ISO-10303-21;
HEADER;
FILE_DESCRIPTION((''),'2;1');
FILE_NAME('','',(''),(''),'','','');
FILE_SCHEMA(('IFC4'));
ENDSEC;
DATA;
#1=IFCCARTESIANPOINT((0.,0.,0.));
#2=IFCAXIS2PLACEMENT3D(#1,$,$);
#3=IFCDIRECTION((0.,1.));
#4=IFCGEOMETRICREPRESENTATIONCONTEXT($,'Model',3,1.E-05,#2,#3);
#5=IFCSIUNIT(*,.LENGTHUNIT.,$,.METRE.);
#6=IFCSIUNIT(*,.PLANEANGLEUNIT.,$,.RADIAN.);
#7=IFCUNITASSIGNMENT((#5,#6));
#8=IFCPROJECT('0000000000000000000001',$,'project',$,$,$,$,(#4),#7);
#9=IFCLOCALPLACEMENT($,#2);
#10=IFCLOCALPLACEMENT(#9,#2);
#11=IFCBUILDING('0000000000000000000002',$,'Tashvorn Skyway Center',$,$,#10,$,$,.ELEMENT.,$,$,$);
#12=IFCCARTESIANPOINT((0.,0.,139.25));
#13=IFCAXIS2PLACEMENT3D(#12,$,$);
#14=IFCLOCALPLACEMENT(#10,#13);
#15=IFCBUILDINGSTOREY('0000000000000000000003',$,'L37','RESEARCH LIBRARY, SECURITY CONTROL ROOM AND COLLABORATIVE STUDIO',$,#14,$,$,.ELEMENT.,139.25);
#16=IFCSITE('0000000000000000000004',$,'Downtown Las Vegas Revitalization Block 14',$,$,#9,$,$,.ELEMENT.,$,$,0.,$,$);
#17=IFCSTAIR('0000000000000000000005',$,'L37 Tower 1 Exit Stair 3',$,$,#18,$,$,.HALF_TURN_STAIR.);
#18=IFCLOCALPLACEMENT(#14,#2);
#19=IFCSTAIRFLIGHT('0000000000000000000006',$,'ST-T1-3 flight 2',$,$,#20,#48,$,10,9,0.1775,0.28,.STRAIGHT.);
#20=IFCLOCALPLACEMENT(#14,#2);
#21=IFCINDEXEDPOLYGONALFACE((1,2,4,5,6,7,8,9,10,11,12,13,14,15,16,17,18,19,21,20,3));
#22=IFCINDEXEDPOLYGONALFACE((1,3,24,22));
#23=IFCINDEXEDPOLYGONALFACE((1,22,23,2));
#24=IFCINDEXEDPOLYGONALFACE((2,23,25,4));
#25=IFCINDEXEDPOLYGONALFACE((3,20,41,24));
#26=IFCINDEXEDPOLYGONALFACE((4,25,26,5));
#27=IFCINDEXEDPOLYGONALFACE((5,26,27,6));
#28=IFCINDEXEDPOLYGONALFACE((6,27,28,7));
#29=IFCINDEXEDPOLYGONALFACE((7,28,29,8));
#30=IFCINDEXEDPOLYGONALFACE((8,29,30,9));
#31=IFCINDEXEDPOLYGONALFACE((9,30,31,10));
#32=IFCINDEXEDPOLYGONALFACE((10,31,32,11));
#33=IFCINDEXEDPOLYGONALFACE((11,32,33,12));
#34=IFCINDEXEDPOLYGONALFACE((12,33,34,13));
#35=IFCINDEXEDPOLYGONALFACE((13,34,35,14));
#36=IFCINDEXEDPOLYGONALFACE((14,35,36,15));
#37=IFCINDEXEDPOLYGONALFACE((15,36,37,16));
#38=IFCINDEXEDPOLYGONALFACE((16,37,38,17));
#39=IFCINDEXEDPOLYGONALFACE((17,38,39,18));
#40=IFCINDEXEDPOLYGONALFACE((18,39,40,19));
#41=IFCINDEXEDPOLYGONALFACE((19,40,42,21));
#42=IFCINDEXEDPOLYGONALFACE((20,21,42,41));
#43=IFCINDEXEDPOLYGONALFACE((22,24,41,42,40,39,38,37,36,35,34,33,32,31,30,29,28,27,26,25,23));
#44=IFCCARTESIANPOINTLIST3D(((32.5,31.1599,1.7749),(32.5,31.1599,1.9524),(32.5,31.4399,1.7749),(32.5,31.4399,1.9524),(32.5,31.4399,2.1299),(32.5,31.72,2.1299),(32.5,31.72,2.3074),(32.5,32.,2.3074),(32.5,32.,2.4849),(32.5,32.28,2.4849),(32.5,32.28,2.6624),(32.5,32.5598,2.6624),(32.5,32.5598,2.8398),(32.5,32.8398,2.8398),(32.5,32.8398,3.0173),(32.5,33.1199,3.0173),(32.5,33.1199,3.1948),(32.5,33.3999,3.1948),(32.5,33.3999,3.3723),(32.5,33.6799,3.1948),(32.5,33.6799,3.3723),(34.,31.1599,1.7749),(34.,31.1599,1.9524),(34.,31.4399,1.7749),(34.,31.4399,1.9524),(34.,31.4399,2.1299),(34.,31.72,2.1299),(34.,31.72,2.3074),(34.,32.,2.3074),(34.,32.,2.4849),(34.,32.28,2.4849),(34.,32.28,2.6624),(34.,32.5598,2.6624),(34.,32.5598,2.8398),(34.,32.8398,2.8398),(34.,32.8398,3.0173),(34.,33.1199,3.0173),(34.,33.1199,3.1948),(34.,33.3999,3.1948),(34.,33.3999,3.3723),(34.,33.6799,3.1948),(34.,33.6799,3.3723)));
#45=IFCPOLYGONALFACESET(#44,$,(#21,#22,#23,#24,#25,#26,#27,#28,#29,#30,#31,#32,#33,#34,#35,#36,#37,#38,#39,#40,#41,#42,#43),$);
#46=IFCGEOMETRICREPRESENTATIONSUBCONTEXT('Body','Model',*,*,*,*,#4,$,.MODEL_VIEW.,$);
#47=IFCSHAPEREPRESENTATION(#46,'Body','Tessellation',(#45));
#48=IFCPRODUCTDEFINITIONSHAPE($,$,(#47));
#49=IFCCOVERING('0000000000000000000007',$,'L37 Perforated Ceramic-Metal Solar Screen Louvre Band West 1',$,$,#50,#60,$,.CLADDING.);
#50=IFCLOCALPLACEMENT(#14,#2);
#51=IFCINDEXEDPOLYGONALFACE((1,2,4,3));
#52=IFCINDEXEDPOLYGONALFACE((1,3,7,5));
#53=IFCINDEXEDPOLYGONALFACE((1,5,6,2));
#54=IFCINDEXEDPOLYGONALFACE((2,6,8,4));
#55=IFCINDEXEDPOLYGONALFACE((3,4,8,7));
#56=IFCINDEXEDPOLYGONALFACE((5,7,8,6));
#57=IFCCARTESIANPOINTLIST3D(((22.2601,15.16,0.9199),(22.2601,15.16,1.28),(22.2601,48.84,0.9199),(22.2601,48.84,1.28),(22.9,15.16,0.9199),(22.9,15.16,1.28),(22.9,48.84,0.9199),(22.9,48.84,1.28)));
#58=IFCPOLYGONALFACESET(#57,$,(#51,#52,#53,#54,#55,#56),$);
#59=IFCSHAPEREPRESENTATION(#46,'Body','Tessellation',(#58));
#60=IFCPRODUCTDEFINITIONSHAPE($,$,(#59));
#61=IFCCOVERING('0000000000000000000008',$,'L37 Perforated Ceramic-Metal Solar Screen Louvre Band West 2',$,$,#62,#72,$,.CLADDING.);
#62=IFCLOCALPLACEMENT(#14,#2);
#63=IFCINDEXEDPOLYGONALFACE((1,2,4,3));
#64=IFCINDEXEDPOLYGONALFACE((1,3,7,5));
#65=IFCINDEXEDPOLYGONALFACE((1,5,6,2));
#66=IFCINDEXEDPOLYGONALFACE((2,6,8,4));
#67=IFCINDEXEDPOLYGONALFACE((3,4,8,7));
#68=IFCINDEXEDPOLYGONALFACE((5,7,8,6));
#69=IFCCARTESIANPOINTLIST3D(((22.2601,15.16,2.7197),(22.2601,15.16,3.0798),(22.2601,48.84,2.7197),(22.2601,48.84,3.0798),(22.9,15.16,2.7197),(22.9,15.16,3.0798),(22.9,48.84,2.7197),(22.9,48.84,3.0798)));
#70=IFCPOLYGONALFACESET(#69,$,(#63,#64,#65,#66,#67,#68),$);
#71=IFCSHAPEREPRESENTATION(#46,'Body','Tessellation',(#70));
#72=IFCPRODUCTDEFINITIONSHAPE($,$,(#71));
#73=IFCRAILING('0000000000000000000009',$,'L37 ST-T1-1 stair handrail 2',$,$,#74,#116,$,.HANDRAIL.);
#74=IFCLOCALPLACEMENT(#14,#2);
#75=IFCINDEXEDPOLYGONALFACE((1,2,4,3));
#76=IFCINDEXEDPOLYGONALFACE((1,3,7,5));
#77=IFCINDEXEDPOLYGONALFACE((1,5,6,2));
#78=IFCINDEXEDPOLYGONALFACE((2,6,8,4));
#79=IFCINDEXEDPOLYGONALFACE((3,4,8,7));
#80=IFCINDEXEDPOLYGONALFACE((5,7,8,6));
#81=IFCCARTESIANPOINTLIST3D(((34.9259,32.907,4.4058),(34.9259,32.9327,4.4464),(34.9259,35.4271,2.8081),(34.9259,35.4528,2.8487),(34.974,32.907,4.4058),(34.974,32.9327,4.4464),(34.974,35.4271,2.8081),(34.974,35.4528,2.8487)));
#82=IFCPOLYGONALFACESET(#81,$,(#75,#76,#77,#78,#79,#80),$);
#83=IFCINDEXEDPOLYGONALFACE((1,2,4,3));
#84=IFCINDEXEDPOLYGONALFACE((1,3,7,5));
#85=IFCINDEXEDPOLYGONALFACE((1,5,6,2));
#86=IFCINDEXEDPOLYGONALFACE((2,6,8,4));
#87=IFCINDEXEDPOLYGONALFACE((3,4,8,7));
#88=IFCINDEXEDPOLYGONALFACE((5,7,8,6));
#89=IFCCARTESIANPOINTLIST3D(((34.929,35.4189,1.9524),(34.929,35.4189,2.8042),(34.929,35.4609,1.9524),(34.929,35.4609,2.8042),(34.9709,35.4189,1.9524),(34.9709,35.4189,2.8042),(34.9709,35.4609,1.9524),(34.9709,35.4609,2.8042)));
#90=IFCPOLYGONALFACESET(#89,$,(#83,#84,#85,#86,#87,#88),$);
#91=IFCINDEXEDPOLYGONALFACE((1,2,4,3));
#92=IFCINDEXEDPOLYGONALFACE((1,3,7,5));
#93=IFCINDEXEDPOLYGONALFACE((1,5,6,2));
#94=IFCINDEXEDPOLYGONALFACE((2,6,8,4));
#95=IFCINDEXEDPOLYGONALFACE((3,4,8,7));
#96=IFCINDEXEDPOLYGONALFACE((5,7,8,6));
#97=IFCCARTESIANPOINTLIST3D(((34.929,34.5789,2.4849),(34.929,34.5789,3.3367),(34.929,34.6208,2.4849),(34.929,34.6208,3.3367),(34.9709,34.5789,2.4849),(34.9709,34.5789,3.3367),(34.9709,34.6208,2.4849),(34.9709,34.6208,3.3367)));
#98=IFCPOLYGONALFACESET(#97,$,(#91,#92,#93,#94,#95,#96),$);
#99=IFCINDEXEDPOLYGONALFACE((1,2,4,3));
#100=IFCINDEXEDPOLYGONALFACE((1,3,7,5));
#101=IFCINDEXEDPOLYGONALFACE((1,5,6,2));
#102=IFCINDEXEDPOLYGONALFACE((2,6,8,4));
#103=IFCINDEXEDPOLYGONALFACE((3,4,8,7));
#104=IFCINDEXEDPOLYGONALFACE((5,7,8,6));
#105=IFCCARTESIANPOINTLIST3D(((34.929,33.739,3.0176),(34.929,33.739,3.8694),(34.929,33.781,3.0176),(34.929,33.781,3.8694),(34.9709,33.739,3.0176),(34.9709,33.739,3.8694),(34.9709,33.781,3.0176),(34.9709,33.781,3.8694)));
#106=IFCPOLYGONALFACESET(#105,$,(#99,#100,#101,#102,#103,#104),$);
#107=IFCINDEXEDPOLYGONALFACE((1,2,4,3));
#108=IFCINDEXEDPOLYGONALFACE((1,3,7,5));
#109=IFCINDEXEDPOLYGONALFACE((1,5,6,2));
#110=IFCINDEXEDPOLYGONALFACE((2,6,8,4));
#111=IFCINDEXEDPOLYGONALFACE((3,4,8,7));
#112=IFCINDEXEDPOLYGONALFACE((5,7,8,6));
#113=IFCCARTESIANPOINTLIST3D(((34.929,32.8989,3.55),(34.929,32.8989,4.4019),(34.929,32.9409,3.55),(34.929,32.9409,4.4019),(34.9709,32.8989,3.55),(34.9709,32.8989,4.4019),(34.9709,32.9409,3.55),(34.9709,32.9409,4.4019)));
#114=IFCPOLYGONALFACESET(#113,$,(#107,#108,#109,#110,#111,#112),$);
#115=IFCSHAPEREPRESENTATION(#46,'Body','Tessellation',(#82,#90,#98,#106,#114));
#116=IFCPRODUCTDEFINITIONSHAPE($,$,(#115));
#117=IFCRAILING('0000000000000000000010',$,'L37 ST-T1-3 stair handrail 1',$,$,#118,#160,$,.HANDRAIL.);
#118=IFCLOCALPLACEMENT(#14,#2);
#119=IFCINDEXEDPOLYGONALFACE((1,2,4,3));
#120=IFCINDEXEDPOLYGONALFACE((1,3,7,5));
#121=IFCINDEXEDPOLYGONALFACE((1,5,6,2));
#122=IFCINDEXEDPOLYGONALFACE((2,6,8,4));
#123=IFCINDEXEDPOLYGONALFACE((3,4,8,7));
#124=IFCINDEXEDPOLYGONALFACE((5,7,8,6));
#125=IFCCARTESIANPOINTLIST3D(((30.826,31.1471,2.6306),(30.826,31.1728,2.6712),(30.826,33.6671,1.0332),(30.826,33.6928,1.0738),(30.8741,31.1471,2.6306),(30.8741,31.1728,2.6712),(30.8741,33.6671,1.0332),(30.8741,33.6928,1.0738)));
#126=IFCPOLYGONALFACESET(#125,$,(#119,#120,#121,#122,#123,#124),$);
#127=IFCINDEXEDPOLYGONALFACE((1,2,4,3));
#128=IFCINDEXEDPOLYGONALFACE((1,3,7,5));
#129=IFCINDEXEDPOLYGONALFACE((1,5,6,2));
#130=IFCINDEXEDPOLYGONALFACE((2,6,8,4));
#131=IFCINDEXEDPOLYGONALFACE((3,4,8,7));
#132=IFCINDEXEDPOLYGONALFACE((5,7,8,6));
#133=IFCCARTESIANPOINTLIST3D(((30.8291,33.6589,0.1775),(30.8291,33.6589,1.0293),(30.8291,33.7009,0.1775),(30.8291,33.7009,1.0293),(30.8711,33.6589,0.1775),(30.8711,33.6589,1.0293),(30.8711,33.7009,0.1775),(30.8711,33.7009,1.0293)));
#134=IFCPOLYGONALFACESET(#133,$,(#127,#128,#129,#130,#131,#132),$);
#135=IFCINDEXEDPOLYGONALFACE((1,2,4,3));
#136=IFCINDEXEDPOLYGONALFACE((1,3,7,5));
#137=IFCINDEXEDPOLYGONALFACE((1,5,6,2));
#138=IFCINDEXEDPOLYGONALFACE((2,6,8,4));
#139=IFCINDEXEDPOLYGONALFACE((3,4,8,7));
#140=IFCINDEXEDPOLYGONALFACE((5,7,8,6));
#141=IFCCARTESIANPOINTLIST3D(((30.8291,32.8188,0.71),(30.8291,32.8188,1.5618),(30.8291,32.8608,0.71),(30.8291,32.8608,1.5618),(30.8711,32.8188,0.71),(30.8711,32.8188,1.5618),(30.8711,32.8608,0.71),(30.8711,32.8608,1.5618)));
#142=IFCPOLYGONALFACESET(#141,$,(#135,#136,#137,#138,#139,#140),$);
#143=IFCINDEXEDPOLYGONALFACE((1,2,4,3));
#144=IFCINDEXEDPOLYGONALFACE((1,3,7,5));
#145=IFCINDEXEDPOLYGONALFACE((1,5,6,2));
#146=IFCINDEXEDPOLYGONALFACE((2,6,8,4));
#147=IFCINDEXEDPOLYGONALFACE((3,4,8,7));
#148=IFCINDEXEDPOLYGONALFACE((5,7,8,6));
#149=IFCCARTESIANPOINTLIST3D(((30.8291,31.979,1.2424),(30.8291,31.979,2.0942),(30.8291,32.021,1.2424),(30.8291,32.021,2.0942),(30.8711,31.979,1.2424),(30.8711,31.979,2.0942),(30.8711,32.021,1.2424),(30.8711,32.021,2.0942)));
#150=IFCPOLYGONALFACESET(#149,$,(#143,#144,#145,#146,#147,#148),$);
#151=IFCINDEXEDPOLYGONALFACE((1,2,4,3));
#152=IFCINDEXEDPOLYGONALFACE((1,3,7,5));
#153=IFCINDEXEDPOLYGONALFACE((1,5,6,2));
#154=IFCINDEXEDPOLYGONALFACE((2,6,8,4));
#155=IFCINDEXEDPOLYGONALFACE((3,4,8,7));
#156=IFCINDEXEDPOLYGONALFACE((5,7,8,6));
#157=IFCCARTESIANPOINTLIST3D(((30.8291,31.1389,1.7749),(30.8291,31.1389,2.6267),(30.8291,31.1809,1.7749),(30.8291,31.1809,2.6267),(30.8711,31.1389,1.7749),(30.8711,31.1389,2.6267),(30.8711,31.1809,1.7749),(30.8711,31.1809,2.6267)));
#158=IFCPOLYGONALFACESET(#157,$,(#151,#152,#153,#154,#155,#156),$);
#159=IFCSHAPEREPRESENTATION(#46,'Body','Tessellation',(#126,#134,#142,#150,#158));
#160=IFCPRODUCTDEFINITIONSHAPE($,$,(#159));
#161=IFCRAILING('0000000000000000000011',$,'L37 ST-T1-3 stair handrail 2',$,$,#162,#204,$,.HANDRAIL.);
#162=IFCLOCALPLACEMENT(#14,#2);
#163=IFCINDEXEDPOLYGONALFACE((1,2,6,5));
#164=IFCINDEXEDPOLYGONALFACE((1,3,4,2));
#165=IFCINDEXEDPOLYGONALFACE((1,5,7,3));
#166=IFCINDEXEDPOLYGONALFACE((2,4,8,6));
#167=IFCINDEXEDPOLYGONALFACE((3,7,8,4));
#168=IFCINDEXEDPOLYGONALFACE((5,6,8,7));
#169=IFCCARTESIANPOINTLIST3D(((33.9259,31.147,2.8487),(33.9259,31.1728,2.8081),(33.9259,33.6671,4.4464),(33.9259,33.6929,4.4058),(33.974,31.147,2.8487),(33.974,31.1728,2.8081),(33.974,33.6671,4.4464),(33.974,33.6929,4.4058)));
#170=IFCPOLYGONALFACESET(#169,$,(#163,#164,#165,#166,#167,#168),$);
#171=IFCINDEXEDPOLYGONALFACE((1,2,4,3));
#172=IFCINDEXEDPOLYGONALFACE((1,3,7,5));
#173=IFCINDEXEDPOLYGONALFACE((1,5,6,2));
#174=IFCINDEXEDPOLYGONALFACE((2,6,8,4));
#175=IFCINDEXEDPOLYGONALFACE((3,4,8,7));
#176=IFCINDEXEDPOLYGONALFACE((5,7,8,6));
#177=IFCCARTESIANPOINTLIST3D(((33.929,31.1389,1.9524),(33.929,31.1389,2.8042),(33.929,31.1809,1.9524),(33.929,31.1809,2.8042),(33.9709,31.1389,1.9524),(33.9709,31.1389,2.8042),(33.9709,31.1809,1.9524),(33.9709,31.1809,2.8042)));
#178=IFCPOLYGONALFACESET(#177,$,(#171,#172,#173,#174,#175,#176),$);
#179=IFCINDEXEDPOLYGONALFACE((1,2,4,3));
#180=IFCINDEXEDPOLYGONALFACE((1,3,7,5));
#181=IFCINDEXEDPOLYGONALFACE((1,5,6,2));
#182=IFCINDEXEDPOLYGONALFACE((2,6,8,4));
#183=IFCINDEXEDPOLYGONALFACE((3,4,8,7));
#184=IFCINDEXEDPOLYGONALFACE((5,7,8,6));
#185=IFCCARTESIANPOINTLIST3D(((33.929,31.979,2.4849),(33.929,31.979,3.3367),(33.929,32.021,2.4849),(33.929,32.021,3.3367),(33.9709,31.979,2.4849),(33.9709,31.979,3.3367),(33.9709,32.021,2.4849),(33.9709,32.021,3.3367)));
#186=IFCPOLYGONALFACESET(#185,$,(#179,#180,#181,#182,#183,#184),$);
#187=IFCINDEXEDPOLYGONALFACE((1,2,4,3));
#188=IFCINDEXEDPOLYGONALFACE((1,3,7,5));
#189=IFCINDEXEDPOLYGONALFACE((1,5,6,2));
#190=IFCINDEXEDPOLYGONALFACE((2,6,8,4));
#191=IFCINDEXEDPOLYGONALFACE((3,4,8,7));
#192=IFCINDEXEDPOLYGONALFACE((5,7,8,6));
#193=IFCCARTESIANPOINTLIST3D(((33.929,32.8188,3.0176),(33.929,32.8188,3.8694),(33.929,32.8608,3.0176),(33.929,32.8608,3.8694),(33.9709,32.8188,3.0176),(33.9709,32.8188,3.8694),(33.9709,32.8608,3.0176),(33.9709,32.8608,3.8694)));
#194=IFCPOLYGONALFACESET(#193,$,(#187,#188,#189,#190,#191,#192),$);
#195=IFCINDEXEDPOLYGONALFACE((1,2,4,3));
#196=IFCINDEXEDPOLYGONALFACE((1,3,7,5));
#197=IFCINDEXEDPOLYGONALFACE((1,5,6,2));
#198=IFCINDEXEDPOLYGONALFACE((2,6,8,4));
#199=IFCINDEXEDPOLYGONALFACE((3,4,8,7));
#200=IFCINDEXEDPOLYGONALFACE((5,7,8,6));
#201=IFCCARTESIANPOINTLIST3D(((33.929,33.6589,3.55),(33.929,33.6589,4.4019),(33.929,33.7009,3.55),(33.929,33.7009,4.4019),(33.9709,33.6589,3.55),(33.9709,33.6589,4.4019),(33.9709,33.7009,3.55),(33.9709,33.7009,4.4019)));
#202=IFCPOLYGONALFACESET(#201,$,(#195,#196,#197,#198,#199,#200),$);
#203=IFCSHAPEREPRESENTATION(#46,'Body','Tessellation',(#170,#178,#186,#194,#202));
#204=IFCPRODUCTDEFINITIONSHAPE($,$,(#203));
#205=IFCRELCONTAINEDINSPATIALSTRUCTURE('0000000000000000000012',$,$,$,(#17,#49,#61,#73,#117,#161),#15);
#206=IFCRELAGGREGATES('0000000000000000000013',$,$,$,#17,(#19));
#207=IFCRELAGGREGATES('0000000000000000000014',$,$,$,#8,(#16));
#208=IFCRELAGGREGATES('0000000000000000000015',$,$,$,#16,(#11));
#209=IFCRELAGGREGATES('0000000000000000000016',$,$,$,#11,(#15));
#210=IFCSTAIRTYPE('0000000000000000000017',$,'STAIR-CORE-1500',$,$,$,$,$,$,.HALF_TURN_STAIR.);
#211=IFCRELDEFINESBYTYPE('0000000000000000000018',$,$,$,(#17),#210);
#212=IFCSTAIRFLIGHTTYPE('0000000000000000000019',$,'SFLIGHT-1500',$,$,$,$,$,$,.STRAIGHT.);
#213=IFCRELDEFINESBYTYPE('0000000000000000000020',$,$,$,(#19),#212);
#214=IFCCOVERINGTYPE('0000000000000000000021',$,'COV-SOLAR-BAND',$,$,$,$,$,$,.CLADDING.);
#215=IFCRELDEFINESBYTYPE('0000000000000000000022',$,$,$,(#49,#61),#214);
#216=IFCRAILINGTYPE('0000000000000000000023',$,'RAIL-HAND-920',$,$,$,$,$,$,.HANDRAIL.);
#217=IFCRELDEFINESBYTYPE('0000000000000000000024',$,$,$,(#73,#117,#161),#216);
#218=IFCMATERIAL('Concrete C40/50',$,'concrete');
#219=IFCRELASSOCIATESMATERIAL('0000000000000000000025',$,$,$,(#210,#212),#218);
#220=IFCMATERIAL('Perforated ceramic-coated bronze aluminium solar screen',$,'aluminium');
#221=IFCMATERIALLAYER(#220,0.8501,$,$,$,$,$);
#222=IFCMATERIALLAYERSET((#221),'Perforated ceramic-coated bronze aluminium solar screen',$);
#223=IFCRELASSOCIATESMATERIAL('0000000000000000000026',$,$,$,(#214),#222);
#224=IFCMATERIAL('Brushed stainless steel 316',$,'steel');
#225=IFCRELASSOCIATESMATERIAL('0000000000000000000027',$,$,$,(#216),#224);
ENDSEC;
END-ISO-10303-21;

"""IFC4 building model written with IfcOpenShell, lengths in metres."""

from ifc_helpers import new_model, si_unit, direction, frame, origin, origin_2d, place, context, subcontext, project, spatial, polyline, rectangle, outline, extrude, material, layer, layer_set, type_object, element, aggregate, save


model = new_model("IFC4")

# Units and contexts
model_context = context("Model", 3, precision=1e-05, world=origin(), true_north=direction((0.0, 1.0)))
body_context = subcontext(model_context, "Body", "Model", "MODEL_VIEW")
ifc_project = project(units=[si_unit("LENGTHUNIT", "METRE"), si_unit("PLANEANGLEUNIT", "RADIAN")], contexts=[model_context])

# Site, building, storey
site_placement = place(None, origin())
site = spatial("IfcSite", under=ifc_project, at=site_placement, Name="Downtown Las Vegas Revitalization Block 14", CompositionType="ELEMENT", RefElevation=0.0)
building_placement = place(site_placement, origin())
building = spatial("IfcBuilding", under=site, at=building_placement, Name="Tashvorn Skyway Center", CompositionType="ELEMENT")
storey_placement = place(building_placement, frame((0.0, 0.0, 139.25)))
storey = spatial("IfcBuildingStorey", under=building, at=storey_placement, Name="L37", Description="RESEARCH LIBRARY, SECURITY CONTROL ROOM AND COLLABORATIVE STUDIO", CompositionType="ELEMENT", Elevation=139.25)

# Shared definitions
ifc_material_1 = material(Name="Concrete C40/50", Category="concrete")

# Shared definitions
stair_type = type_object("IfcStairType", Name="STAIR-CORE-1500", PredefinedType="HALF_TURN_STAIR", material=ifc_material_1)
stair_flight_type = type_object("IfcStairFlightType", Name="SFLIGHT-1500", PredefinedType="STRAIGHT", material=ifc_material_1)

# Stair, stair flight
stair_1_placement = place(storey_placement, origin())
stair_1 = element("IfcStair", 1, at=stair_1_placement, inside=storey, type_object=stair_type, Name="L37 Tower 1 Exit Stair 3", PredefinedType="HALF_TURN_STAIR")
stair_flight_1_placement = place(storey_placement, frame((33.25, 31.1599, 1.7749), z_axis=(0.0, 0.0, 1.0), x_axis=(0.0, 1.0, 0.0)))
stair_flight_1 = element("IfcStairFlight", 2, at=stair_flight_1_placement, type_object=stair_flight_type, Name="ST-T1-3 flight 2", NumberOfRisers=10, NumberOfTreads=9, PredefinedType="STRAIGHT", RiserHeight=0.1775, TreadLength=0.28, context=body_context, shape_type="SweptSolid", body=[
    extrude(outline(polyline([(0.0, 0.0), (0.0, 0.1775), (0.28, 0.1775), (0.28, 0.355), (0.5601, 0.355), (0.5601, 0.5325), (0.8401, 0.5325), (0.8401, 0.71), (1.1201, 0.71), (1.1201, 0.8875), (1.3999, 0.8875), (1.3999, 1.0649), (1.6799, 1.0649), (1.6799, 1.2424), (1.96, 1.2424), (1.96, 1.4199), (2.24, 1.4199), (2.24, 1.5974), (2.52, 1.5974), (2.52, 1.7749), (2.52, 1.4199), (0.28, 0.0), (0.0, 0.0)])), frame((0.0, 0.75, 0.0), z_axis=(0.0, -1.0, 0.0), x_axis=(1.0, 0.0, 0.0)), (0.0, 0.0, 1.0), 1.5),
])
aggregate(stair_1, [stair_flight_1])

# Coverings
ifc_material_2 = material(Name="Perforated ceramic-coated bronze aluminium solar screen", Category="aluminium")
ifc_layer_1 = layer(ifc_material_2, 0.8501)
ifc_layer_set_1 = layer_set([ifc_layer_1], Name="Perforated ceramic-coated bronze aluminium solar screen")
covering_type = type_object("IfcCoveringType", Name="COV-SOLAR-BAND", PredefinedType="CLADDING", material=ifc_layer_set_1)
for number, where, z_axis, x_axis, name in (
    (3, (22.5801, 32.0, 0.9199), (0.0, 0.0, 1.0), (0.0, 1.0, 0.0), "L37 Perforated Ceramic-Metal Solar Screen Louvre Band West 1"),
    (4, (22.5801, 32.0, 2.7197), (0.0, 0.0, 1.0), (0.0, 1.0, 0.0), "L37 Perforated Ceramic-Metal Solar Screen Louvre Band West 2"),
):
    element("IfcCovering", number, at=place(storey_placement, frame(where, z_axis=z_axis, x_axis=x_axis)), inside=storey, type_object=covering_type, Name=name, PredefinedType="CLADDING", context=body_context, shape_type="SweptSolid", body=[
        extrude(rectangle(XDim=33.6799, YDim=0.6399, at=origin_2d()), origin(), (0.0, 0.0, 1.0), 0.3601),
    ])

# Railings
ifc_material_3 = material(Name="Brushed stainless steel 316", Category="steel")
railing_type_1 = type_object("IfcRailingType", Name="RAIL-HAND-920", PredefinedType="HANDRAIL", material=ifc_material_3)
railing_1_placement = place(storey_placement, frame((34.95, 35.4399, 1.9524)))
element("IfcRailing", 5, at=railing_1_placement, inside=storey, type_object=railing_type_1, Name="L37 ST-T1-1 stair handrail 2", PredefinedType="HANDRAIL", context=body_context, shape_type="SweptSolid", body=[
    extrude(rectangle(XDim=0.0481, YDim=0.0481, at=origin_2d()), frame((0.0, 0.0, 0.876), z_axis=(0.0, -0.84457, 0.535445), x_axis=(1.0, 0.0, 0.0)), (0.0, 0.0, 1.0), 2.9839),
    extrude(rectangle(XDim=0.042, YDim=0.042, at=origin_2d()), origin(), (0.0, 0.0, 1.0), 0.8518),
    extrude(rectangle(XDim=0.042, YDim=0.042, at=origin_2d()), frame((0.0, -0.8401, 0.5325)), (0.0, 0.0, 1.0), 0.8518),
    extrude(rectangle(XDim=0.042, YDim=0.042, at=origin_2d()), frame((0.0, -1.6799, 1.0652)), (0.0, 0.0, 1.0), 0.8518),
    extrude(rectangle(XDim=0.042, YDim=0.042, at=origin_2d()), frame((0.0, -2.52, 1.5977)), (0.0, 0.0, 1.0), 0.8518),
])
railing_2_placement = place(storey_placement, frame((30.8501, 33.6799, 0.1775)))
element("IfcRailing", 6, at=railing_2_placement, inside=storey, type_object=railing_type_1, Name="L37 ST-T1-3 stair handrail 1", PredefinedType="HANDRAIL", context=body_context, shape_type="SweptSolid", body=[
    extrude(rectangle(XDim=0.0481, YDim=0.0481, at=origin_2d()), frame((0.0, 0.0, 0.876), z_axis=(0.0, -0.844607, 0.535387), x_axis=(1.0, 0.0, 0.0)), (0.0, 0.0, 1.0), 2.9836),
    extrude(rectangle(XDim=0.042, YDim=0.042, at=origin_2d()), origin(), (0.0, 0.0, 1.0), 0.8518),
    extrude(rectangle(XDim=0.042, YDim=0.042, at=origin_2d()), frame((0.0, -0.8401, 0.5325)), (0.0, 0.0, 1.0), 0.8518),
    extrude(rectangle(XDim=0.042, YDim=0.042, at=origin_2d()), frame((0.0, -1.6799, 1.0649)), (0.0, 0.0, 1.0), 0.8518),
    extrude(rectangle(XDim=0.042, YDim=0.042, at=origin_2d()), frame((0.0, -2.52, 1.5974)), (0.0, 0.0, 1.0), 0.8518),
])
railing_3_placement = place(storey_placement, frame((33.95, 31.1599, 1.9524)))
element("IfcRailing", 7, at=railing_3_placement, inside=storey, type_object=railing_type_1, Name="L37 ST-T1-3 stair handrail 2", PredefinedType="HANDRAIL", context=body_context, shape_type="SweptSolid", body=[
    extrude(rectangle(XDim=0.0481, YDim=0.0481, at=origin_2d()), frame((0.0, 0.0, 0.876), z_axis=(0.0, 0.84457, 0.535445), x_axis=(-1.0, 0.0, 0.0)), (0.0, 0.0, 1.0), 2.9839),
    extrude(rectangle(XDim=0.042, YDim=0.042, at=origin_2d()), origin(), (0.0, 0.0, 1.0), 0.8518),
    extrude(rectangle(XDim=0.042, YDim=0.042, at=origin_2d()), frame((0.0, 0.8401, 0.5325)), (0.0, 0.0, 1.0), 0.8518),
    extrude(rectangle(XDim=0.042, YDim=0.042, at=origin_2d()), frame((0.0, 1.6799, 1.0652)), (0.0, 0.0, 1.0), 0.8518),
    extrude(rectangle(XDim=0.042, YDim=0.042, at=origin_2d()), frame((0.0, 2.52, 1.5977)), (0.0, 0.0, 1.0), 0.8518),
])

save(model, "model.ifc")
